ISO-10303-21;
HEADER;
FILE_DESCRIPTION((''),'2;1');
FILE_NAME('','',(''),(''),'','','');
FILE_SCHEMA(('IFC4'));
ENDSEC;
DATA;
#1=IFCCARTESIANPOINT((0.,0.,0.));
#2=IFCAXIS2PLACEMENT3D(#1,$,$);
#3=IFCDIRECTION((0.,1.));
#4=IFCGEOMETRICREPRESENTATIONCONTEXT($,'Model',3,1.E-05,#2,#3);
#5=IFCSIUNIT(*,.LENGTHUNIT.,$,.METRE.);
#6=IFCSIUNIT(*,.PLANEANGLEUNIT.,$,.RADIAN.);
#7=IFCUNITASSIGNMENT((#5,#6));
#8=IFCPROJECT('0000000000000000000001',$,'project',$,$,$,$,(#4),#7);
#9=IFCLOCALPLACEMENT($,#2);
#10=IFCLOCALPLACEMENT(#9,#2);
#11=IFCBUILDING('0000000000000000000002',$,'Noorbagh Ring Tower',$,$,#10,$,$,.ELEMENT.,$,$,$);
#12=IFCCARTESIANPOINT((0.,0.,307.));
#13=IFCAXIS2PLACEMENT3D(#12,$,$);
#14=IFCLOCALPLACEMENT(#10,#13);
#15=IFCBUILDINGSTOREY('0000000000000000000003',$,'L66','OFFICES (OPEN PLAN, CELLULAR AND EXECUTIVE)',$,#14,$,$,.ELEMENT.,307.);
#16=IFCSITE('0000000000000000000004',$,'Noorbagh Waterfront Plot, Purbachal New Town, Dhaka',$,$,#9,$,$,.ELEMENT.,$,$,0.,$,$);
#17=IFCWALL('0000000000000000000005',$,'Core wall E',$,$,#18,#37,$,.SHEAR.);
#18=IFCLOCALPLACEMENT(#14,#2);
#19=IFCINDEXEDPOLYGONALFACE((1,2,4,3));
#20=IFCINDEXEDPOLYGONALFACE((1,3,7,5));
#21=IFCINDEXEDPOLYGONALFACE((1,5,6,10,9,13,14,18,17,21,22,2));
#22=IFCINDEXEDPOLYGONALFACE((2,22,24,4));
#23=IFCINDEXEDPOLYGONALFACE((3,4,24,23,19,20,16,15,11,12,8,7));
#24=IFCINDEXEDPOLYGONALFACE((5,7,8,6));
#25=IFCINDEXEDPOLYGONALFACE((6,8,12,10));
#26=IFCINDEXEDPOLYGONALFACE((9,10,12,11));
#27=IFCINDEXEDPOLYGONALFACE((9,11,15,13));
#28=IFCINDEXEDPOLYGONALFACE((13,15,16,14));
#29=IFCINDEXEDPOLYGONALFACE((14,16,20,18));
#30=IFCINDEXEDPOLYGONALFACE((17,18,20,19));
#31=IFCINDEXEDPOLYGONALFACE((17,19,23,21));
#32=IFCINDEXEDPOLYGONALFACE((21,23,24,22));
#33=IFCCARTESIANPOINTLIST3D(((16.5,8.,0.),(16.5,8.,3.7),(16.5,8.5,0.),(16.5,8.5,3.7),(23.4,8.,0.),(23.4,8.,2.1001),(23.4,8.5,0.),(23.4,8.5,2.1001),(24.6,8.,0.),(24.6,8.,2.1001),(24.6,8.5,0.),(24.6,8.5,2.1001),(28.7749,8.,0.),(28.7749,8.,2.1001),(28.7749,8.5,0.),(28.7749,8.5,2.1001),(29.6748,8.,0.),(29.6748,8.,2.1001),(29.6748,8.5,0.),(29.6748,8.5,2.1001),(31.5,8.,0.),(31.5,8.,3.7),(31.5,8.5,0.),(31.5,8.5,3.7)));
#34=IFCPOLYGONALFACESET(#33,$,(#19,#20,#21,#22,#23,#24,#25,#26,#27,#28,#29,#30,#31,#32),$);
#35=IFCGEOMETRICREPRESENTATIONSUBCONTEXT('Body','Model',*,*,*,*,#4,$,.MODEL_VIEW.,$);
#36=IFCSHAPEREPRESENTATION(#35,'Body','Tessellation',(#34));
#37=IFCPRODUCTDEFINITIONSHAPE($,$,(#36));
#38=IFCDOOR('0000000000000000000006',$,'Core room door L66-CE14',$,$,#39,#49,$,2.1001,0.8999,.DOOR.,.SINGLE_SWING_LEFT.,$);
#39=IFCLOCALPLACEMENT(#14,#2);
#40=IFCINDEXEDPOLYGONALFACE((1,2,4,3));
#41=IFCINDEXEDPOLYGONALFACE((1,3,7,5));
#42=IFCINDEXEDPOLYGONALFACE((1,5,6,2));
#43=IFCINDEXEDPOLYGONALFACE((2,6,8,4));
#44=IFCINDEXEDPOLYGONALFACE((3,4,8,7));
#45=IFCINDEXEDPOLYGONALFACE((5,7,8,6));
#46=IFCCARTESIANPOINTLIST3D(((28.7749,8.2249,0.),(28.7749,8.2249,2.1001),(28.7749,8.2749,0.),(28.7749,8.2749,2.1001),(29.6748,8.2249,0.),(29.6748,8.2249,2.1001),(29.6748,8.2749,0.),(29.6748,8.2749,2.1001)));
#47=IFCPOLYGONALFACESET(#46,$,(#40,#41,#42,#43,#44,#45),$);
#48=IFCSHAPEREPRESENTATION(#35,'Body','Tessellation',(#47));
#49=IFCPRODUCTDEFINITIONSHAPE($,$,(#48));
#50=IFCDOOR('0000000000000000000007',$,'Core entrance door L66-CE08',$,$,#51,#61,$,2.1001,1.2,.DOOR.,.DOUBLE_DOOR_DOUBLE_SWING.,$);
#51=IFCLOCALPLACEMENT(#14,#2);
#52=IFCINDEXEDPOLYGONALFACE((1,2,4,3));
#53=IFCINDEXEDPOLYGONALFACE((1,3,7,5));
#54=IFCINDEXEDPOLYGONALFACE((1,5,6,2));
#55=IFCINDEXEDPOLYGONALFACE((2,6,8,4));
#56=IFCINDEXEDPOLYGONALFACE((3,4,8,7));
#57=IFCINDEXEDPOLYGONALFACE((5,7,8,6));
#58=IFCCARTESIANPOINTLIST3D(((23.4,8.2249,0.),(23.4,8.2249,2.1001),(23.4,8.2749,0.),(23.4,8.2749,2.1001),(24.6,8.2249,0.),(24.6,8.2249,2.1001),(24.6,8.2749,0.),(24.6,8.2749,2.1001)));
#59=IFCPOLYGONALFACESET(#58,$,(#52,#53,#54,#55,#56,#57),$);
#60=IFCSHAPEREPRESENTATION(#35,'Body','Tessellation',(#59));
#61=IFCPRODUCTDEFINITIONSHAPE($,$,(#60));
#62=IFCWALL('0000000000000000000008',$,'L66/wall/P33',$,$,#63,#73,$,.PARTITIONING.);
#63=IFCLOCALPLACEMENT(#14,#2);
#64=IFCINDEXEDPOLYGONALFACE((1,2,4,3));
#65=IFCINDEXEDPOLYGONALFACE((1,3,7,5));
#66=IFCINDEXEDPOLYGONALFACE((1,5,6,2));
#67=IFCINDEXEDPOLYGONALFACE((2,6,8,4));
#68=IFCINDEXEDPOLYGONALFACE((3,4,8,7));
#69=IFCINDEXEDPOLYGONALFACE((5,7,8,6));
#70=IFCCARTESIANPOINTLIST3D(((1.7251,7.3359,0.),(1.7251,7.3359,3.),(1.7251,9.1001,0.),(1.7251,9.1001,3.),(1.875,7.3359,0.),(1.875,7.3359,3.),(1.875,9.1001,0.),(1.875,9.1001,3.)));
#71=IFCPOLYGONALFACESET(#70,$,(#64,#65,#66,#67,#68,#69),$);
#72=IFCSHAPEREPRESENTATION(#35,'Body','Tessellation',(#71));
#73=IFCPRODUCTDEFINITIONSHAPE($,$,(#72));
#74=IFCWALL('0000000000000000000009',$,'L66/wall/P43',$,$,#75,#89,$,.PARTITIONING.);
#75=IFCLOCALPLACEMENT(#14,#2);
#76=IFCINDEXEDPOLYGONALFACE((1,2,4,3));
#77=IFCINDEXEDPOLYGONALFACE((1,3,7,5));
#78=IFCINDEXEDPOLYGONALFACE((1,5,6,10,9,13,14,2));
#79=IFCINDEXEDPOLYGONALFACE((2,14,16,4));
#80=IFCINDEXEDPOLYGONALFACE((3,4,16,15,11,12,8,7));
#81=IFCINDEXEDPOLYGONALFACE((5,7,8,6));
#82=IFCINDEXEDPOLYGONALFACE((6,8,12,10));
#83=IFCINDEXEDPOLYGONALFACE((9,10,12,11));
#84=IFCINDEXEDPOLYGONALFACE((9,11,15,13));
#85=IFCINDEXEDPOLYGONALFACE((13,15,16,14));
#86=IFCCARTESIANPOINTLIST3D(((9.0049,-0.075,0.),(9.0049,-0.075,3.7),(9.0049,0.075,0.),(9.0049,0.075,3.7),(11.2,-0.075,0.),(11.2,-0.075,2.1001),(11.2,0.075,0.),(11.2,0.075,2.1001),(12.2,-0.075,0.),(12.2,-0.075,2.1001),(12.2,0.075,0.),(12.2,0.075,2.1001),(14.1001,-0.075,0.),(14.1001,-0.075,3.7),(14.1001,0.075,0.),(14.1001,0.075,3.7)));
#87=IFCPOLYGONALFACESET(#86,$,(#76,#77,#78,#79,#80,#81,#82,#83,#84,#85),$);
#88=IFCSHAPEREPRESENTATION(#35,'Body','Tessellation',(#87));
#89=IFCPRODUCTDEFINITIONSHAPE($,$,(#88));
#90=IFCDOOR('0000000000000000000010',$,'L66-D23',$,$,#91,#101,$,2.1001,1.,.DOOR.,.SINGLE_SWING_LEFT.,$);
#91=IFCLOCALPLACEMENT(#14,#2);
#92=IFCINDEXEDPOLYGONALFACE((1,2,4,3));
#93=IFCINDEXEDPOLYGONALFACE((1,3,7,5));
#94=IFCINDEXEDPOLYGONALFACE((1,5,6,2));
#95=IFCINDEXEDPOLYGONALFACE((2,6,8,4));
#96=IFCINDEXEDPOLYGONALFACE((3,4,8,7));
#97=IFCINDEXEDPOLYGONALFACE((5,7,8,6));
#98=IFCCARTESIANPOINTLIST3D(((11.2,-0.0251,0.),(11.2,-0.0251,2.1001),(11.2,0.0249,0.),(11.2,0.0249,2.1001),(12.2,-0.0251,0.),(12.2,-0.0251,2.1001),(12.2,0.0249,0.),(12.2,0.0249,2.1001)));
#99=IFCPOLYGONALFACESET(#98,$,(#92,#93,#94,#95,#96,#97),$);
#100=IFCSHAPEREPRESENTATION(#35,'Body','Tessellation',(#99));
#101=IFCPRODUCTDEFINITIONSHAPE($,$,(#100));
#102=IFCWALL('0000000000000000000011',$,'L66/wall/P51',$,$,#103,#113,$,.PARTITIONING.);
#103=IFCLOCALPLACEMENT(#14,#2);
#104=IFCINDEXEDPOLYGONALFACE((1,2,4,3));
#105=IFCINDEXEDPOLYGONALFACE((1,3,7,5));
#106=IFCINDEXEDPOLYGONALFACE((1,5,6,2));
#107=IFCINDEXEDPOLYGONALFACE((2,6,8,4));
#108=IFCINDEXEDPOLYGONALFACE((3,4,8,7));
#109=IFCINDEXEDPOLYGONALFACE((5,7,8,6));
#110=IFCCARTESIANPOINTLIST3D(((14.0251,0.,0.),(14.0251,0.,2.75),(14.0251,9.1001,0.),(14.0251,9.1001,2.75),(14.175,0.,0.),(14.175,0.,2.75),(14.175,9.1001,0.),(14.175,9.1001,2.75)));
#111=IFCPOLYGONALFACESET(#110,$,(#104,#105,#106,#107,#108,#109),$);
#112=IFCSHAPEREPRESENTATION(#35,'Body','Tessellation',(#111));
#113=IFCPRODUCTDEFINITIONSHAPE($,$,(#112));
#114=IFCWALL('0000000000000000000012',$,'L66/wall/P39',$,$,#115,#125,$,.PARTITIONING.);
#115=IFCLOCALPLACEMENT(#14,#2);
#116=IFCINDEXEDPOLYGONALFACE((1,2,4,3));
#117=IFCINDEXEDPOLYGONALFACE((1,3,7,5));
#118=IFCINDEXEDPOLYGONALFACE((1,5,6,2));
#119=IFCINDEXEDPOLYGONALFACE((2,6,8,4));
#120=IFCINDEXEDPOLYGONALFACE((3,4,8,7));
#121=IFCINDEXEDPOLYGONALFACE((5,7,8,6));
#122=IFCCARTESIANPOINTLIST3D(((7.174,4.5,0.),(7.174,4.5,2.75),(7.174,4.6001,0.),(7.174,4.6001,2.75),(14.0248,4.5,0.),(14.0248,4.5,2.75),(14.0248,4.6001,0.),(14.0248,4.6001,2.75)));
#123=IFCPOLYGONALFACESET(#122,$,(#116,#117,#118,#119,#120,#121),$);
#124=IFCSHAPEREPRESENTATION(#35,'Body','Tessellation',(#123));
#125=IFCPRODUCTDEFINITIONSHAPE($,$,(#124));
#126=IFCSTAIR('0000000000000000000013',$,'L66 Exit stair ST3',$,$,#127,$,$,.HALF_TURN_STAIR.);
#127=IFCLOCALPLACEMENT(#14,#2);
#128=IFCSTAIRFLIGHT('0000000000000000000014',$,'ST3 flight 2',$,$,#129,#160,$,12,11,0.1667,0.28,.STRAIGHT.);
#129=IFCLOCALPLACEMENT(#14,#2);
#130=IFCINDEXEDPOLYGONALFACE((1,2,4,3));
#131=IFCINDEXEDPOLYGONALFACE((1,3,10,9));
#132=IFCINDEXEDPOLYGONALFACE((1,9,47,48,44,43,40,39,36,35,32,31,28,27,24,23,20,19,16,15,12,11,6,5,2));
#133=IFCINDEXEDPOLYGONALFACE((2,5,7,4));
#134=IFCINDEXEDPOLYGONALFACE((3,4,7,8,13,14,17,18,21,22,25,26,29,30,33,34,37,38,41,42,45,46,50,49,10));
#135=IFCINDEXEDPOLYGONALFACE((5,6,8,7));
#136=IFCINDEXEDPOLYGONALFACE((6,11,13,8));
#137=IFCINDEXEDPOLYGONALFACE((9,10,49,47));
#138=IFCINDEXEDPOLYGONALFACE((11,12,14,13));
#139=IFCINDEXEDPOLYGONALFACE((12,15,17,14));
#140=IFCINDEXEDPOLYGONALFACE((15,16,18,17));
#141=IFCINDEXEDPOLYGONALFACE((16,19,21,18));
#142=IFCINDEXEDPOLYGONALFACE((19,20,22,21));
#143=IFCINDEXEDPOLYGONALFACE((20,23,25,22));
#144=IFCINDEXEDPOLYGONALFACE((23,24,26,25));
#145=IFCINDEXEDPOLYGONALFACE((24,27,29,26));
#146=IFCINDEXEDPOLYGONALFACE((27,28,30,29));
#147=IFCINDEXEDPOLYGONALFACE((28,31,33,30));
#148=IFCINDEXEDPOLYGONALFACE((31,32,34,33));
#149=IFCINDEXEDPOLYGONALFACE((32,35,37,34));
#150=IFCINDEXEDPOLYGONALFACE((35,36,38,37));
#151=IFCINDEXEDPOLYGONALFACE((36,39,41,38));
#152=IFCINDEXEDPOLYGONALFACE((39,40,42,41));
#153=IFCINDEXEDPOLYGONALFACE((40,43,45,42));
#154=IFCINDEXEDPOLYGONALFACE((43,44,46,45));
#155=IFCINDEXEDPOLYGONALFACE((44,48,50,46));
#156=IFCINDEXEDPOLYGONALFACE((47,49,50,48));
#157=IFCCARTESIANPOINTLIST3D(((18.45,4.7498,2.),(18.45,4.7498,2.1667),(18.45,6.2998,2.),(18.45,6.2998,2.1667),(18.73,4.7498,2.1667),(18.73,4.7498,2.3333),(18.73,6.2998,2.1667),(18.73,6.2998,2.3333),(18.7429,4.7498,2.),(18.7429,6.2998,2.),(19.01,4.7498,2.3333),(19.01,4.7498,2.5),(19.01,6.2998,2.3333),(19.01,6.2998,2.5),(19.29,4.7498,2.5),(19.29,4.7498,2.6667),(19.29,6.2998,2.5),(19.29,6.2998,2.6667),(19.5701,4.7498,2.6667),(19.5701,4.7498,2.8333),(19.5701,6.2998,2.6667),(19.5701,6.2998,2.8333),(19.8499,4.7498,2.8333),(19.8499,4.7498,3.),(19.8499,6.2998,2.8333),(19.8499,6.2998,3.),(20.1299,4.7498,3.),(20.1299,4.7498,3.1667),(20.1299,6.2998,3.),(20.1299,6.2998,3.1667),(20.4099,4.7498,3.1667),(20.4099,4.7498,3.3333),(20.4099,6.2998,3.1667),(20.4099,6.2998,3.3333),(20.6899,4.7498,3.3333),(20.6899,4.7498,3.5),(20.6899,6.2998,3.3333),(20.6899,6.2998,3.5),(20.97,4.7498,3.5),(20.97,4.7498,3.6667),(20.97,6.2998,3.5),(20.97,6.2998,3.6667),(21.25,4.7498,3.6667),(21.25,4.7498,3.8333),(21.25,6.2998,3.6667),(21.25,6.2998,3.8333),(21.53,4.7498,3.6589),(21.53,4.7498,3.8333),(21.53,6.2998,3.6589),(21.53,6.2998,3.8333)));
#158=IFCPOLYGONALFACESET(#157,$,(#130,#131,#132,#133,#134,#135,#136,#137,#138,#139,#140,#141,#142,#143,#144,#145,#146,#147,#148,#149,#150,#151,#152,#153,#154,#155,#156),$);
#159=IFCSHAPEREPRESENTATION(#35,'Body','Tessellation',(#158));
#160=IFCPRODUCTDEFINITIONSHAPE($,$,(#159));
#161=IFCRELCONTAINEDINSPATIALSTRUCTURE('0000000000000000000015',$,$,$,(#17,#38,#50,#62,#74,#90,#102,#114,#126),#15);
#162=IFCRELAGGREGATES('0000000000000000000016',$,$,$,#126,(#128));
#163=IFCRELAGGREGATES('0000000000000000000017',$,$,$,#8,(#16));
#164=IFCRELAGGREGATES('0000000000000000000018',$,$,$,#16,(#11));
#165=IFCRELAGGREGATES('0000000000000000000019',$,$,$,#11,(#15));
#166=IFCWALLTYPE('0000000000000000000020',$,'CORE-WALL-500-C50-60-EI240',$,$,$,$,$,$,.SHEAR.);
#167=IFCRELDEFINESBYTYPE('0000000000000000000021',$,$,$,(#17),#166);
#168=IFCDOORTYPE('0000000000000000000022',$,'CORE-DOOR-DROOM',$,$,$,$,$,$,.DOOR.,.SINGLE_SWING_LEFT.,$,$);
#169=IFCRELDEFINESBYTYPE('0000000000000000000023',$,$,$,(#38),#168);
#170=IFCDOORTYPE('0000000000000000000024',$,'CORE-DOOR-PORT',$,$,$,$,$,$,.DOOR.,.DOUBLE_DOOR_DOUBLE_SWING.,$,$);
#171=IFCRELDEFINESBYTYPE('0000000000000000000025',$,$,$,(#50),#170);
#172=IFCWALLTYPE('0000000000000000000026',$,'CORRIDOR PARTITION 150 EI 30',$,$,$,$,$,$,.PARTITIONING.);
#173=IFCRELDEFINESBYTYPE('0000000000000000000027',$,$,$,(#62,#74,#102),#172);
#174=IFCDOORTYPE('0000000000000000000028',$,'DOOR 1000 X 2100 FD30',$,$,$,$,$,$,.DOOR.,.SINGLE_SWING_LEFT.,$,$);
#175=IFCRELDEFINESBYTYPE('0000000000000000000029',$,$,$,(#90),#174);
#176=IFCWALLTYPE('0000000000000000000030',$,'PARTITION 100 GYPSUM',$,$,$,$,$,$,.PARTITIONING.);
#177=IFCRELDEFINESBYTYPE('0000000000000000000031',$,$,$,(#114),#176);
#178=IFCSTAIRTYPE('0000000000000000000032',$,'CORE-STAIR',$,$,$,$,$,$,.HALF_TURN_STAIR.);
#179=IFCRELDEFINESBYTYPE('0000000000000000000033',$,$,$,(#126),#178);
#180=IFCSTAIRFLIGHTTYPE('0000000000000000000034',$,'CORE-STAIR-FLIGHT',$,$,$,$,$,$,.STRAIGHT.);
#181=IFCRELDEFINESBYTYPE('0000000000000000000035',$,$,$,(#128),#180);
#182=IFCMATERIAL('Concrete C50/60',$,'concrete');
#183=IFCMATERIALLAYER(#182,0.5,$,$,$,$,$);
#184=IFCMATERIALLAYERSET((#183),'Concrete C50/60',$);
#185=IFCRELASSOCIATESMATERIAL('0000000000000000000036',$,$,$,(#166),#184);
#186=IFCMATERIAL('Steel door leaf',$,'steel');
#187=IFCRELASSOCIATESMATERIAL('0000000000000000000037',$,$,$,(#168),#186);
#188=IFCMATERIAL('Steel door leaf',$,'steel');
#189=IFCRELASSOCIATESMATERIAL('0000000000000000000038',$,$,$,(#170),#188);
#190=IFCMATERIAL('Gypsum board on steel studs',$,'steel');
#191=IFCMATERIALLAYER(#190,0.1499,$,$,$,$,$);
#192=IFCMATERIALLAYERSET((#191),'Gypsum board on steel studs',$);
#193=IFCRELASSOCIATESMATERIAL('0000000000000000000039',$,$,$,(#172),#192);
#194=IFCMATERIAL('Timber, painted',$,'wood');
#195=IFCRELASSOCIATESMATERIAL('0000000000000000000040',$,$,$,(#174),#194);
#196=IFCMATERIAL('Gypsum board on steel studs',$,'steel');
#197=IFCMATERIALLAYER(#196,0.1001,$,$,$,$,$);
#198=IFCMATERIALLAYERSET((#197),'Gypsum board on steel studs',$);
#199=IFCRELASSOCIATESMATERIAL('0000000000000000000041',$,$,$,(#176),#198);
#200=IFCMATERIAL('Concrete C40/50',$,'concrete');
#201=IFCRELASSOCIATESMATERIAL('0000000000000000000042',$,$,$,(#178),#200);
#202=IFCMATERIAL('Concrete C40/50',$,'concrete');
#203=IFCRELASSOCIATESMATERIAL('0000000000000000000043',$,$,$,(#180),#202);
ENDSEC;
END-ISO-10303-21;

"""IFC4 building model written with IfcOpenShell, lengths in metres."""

from ifc_helpers import new_model, si_unit, direction, frame, frame_2d, origin, place, context, subcontext, project, spatial, polyline, rectangle, outline, extrude, material, layer, layer_set, type_object, element, fill, aggregate, save


model = new_model("IFC4")

# Units and contexts
model_context = context("Model", 3, precision=1e-05, world=origin(), true_north=direction((0.0, 1.0)))
body_context = subcontext(model_context, "Body", "Model", "MODEL_VIEW")
ifc_project = project(units=[si_unit("LENGTHUNIT", "METRE"), si_unit("PLANEANGLEUNIT", "RADIAN")], contexts=[model_context])

# Site, building, storey
site_placement = place(None, origin())
site = spatial("IfcSite", under=ifc_project, at=site_placement, Name="Noorbagh Waterfront Plot, Purbachal New Town, Dhaka", CompositionType="ELEMENT", RefElevation=0.0)
building_placement = place(site_placement, origin())
building = spatial("IfcBuilding", under=site, at=building_placement, Name="Noorbagh Ring Tower", CompositionType="ELEMENT")
storey_placement = place(building_placement, frame((0.0, 0.0, 307.0)))
storey = spatial("IfcBuildingStorey", under=building, at=storey_placement, Name="L66", Description="OFFICES (OPEN PLAN, CELLULAR AND EXECUTIVE)", CompositionType="ELEMENT", Elevation=307.0)

# Wall, openings, doors
ifc_material_1 = material(Name="Concrete C50/60", Category="concrete")
ifc_layer_1 = layer(ifc_material_1, 0.5)
ifc_layer_set_1 = layer_set([ifc_layer_1], Name="Concrete C50/60")
wall_type_1 = type_object("IfcWallType", Name="CORE-WALL-500-C50-60-EI240", PredefinedType="SHEAR", material=ifc_layer_set_1)
wall_1_placement = place(storey_placement, frame((16.5, 8.25, 0.0), z_axis=(0.0, 0.0, 1.0), x_axis=(1.0, 0.0, 0.0)))
wall_1 = element("IfcWall", 1, at=wall_1_placement, inside=storey, type_object=wall_type_1, Name="Core wall E", PredefinedType="SHEAR", context=body_context, shape_type="SweptSolid", body=[
    extrude(rectangle(XDim=15.0, YDim=0.5, at=frame_2d((7.5, 0.0))), origin(), (0.0, 0.0, 1.0), 3.7),
])
opening_1_placement = place(wall_1_placement, frame((6.8999, 0.0, 0.0)))
opening_1 = element("IfcOpeningElement", 2, at=opening_1_placement, cuts=wall_1, PredefinedType="OPENING", context=body_context, shape_type="SweptSolid", body=[
    extrude(rectangle(XDim=1.2, YDim=2.1001, at=frame_2d((0.6001, 1.05))), frame((0.0, 0.26, 0.0), z_axis=(0.0, -1.0, 0.0), x_axis=(1.0, 0.0, 0.0)), (0.0, 0.0, 1.0), 0.52),
])
opening_2_placement = place(wall_1_placement, frame((12.2749, 0.0, 0.0)))
opening_2 = element("IfcOpeningElement", 3, at=opening_2_placement, cuts=wall_1, PredefinedType="OPENING", context=body_context, shape_type="SweptSolid", body=[
    extrude(rectangle(XDim=0.8999, YDim=2.1001, at=frame_2d((0.45, 1.05))), frame((0.0, 0.26, 0.0), z_axis=(0.0, -1.0, 0.0), x_axis=(1.0, 0.0, 0.0)), (0.0, 0.0, 1.0), 0.52),
])
ifc_material_2 = material(Name="Steel door leaf", Category="steel")
door_type_1 = type_object("IfcDoorType", Name="CORE-DOOR-DROOM", OperationType="SINGLE_SWING_LEFT", PredefinedType="DOOR", material=ifc_material_2)
door_1_placement = place(opening_2_placement, origin())
door_1 = element("IfcDoor", 4, at=door_1_placement, inside=storey, type_object=door_type_1, Name="Core room door L66-CE14", OperationType="SINGLE_SWING_LEFT", OverallHeight=2.1001, OverallWidth=0.8999, PredefinedType="DOOR", context=body_context, shape_type="SweptSolid", body=[
    extrude(rectangle(XDim=0.8999, YDim=2.1001, at=frame_2d((0.45, 1.05))), frame((0.0, 0.0249, 0.0), z_axis=(0.0, -1.0, 0.0), x_axis=(1.0, 0.0, 0.0)), (0.0, 0.0, 1.0), 0.05),
])
fill(opening_2, door_1)
ifc_material_3 = material(Name="Steel door leaf", Category="steel")
door_type_2 = type_object("IfcDoorType", Name="CORE-DOOR-PORT", OperationType="DOUBLE_DOOR_DOUBLE_SWING", PredefinedType="DOOR", material=ifc_material_3)
door_2_placement = place(opening_1_placement, origin())
door_2 = element("IfcDoor", 5, at=door_2_placement, inside=storey, type_object=door_type_2, Name="Core entrance door L66-CE08", OperationType="DOUBLE_DOOR_DOUBLE_SWING", OverallHeight=2.1001, OverallWidth=1.2, PredefinedType="DOOR", context=body_context, shape_type="SweptSolid", body=[
    extrude(rectangle(XDim=1.2, YDim=2.1001, at=frame_2d((0.6001, 1.05))), frame((0.0, 0.0249, 0.0), z_axis=(0.0, -1.0, 0.0), x_axis=(1.0, 0.0, 0.0)), (0.0, 0.0, 1.0), 0.05),
])
fill(opening_1, door_2)

# Wall
ifc_material_4 = material(Name="Gypsum board on steel studs", Category="steel")
ifc_layer_2 = layer(ifc_material_4, 0.1499)
ifc_layer_set_2 = layer_set([ifc_layer_2], Name="Gypsum board on steel studs")
wall_type_2 = type_object("IfcWallType", Name="CORRIDOR PARTITION 150 EI 30", PredefinedType="PARTITIONING", material=ifc_layer_set_2)
wall_2_placement = place(storey_placement, frame((1.8, 7.3359, 0.0), z_axis=(0.0, 0.0, 1.0), x_axis=(0.0, 1.0, 0.0)))
element("IfcWall", 6, at=wall_2_placement, inside=storey, type_object=wall_type_2, Name="L66/wall/P33", PredefinedType="PARTITIONING", context=body_context, shape_type="SweptSolid", body=[
    extrude(rectangle(XDim=1.7642, YDim=0.1499, at=frame_2d((0.8821, 0.0))), origin(), (0.0, 0.0, 1.0), 3.0),
])

# Wall, opening, door
wall_3_placement = place(storey_placement, frame((9.0049, 0.0, 0.0), z_axis=(0.0, 0.0, 1.0), x_axis=(1.0, 0.0, 0.0)))
wall_3 = element("IfcWall", 7, at=wall_3_placement, inside=storey, type_object=wall_type_2, Name="L66/wall/P43", PredefinedType="PARTITIONING", context=body_context, shape_type="SweptSolid", body=[
    extrude(rectangle(XDim=5.0952, YDim=0.1499, at=frame_2d((2.5476, 0.0))), origin(), (0.0, 0.0, 1.0), 3.7),
])
opening_3_placement = place(wall_3_placement, frame((2.1951, 0.0, 0.0)))
opening_3 = element("IfcOpeningElement", 8, at=opening_3_placement, cuts=wall_3, PredefinedType="OPENING", context=body_context, shape_type="SweptSolid", body=[
    extrude(rectangle(XDim=1.0, YDim=2.1001, at=frame_2d((0.5, 1.05))), frame((0.0, 0.085, 0.0), z_axis=(0.0, -1.0, 0.0), x_axis=(1.0, 0.0, 0.0)), (0.0, 0.0, 1.0), 0.1699),
])
ifc_material_5 = material(Name="Timber, painted", Category="wood")
door_type_3 = type_object("IfcDoorType", Name="DOOR 1000 X 2100 FD30", OperationType="SINGLE_SWING_LEFT", PredefinedType="DOOR", material=ifc_material_5)
door_3_placement = place(opening_3_placement, origin())
door_3 = element("IfcDoor", 9, at=door_3_placement, inside=storey, type_object=door_type_3, Name="L66-D23", OperationType="SINGLE_SWING_LEFT", OverallHeight=2.1001, OverallWidth=1.0, PredefinedType="DOOR", context=body_context, shape_type="SweptSolid", body=[
    extrude(rectangle(XDim=1.0, YDim=2.1001, at=frame_2d((0.5, 1.05))), frame((0.0, 0.0249, 0.0), z_axis=(0.0, -1.0, 0.0), x_axis=(1.0, 0.0, 0.0)), (0.0, 0.0, 1.0), 0.05),
])
fill(opening_3, door_3)

# Walls
wall_4_placement = place(storey_placement, frame((14.1001, 0.0, 0.0), z_axis=(0.0, 0.0, 1.0), x_axis=(0.0, 1.0, 0.0)))
element("IfcWall", 10, at=wall_4_placement, inside=storey, type_object=wall_type_2, Name="L66/wall/P51", PredefinedType="PARTITIONING", context=body_context, shape_type="SweptSolid", body=[
    extrude(rectangle(XDim=9.1001, YDim=0.1499, at=frame_2d((4.55, 0.0))), origin(), (0.0, 0.0, 1.0), 2.75),
])
ifc_material_6 = material(Name="Gypsum board on steel studs", Category="steel")
ifc_layer_3 = layer(ifc_material_6, 0.1001)
ifc_layer_set_3 = layer_set([ifc_layer_3], Name="Gypsum board on steel studs")
wall_type_3 = type_object("IfcWallType", Name="PARTITION 100 GYPSUM", PredefinedType="PARTITIONING", material=ifc_layer_set_3)
wall_5_placement = place(storey_placement, frame((7.1741, 4.55, 0.0), z_axis=(0.0, 0.0, 1.0), x_axis=(1.0, 0.0, 0.0)))
element("IfcWall", 11, at=wall_5_placement, inside=storey, type_object=wall_type_3, Name="L66/wall/P39", PredefinedType="PARTITIONING", context=body_context, shape_type="SweptSolid", body=[
    extrude(rectangle(XDim=6.8508, YDim=0.1001, at=frame_2d((3.4253, 0.0))), origin(), (0.0, 0.0, 1.0), 2.75),
])

# Stair, stair flight
ifc_material_7 = material(Name="Concrete C40/50", Category="concrete")
stair_type = type_object("IfcStairType", Name="CORE-STAIR", PredefinedType="HALF_TURN_STAIR", material=ifc_material_7)
stair_placement = place(storey_placement, origin())
stair = element("IfcStair", 12, at=stair_placement, inside=storey, type_object=stair_type, Name="L66 Exit stair ST3", PredefinedType="HALF_TURN_STAIR")
ifc_material_8 = material(Name="Concrete C40/50", Category="concrete")
stair_flight_type = type_object("IfcStairFlightType", Name="CORE-STAIR-FLIGHT", PredefinedType="STRAIGHT", material=ifc_material_8)
stair_flight_placement = place(storey_placement, frame((18.45, 5.5249, 2.0), z_axis=(0.0, 0.0, 1.0), x_axis=(1.0, 0.0, 0.0)))
stair_flight = element("IfcStairFlight", 13, at=stair_flight_placement, type_object=stair_flight_type, Name="ST3 flight 2", NumberOfRisers=12, NumberOfTreads=11, PredefinedType="STRAIGHT", RiserHeight=0.1667, TreadLength=0.28, context=body_context, shape_type="SweptSolid", body=[
    extrude(outline(polyline([(0.0, 0.0), (0.0, 0.1667), (0.28, 0.1667), (0.28, 0.3333), (0.5601, 0.3333), (0.5601, 0.5), (0.8401, 0.5), (0.8401, 0.6667), (1.1201, 0.6667), (1.1201, 0.8333), (1.3999, 0.8333), (1.3999, 1.0), (1.6799, 1.0), (1.6799, 1.1667), (1.96, 1.1667), (1.96, 1.3333), (2.24, 1.3333), (2.24, 1.5), (2.52, 1.5), (2.52, 1.6667), (2.8, 1.6667), (2.8, 1.8333), (3.0801, 1.8333), (3.0801, 2.0), (3.0801, 1.6589), (0.293, 0.0), (0.0, 0.0)])), frame((0.0, 0.7749, 0.0), z_axis=(0.0, -1.0, 0.0), x_axis=(1.0, 0.0, 0.0)), (0.0, 0.0, 1.0), 1.55),
])
aggregate(stair, [stair_flight])

save(model, "model.ifc")
